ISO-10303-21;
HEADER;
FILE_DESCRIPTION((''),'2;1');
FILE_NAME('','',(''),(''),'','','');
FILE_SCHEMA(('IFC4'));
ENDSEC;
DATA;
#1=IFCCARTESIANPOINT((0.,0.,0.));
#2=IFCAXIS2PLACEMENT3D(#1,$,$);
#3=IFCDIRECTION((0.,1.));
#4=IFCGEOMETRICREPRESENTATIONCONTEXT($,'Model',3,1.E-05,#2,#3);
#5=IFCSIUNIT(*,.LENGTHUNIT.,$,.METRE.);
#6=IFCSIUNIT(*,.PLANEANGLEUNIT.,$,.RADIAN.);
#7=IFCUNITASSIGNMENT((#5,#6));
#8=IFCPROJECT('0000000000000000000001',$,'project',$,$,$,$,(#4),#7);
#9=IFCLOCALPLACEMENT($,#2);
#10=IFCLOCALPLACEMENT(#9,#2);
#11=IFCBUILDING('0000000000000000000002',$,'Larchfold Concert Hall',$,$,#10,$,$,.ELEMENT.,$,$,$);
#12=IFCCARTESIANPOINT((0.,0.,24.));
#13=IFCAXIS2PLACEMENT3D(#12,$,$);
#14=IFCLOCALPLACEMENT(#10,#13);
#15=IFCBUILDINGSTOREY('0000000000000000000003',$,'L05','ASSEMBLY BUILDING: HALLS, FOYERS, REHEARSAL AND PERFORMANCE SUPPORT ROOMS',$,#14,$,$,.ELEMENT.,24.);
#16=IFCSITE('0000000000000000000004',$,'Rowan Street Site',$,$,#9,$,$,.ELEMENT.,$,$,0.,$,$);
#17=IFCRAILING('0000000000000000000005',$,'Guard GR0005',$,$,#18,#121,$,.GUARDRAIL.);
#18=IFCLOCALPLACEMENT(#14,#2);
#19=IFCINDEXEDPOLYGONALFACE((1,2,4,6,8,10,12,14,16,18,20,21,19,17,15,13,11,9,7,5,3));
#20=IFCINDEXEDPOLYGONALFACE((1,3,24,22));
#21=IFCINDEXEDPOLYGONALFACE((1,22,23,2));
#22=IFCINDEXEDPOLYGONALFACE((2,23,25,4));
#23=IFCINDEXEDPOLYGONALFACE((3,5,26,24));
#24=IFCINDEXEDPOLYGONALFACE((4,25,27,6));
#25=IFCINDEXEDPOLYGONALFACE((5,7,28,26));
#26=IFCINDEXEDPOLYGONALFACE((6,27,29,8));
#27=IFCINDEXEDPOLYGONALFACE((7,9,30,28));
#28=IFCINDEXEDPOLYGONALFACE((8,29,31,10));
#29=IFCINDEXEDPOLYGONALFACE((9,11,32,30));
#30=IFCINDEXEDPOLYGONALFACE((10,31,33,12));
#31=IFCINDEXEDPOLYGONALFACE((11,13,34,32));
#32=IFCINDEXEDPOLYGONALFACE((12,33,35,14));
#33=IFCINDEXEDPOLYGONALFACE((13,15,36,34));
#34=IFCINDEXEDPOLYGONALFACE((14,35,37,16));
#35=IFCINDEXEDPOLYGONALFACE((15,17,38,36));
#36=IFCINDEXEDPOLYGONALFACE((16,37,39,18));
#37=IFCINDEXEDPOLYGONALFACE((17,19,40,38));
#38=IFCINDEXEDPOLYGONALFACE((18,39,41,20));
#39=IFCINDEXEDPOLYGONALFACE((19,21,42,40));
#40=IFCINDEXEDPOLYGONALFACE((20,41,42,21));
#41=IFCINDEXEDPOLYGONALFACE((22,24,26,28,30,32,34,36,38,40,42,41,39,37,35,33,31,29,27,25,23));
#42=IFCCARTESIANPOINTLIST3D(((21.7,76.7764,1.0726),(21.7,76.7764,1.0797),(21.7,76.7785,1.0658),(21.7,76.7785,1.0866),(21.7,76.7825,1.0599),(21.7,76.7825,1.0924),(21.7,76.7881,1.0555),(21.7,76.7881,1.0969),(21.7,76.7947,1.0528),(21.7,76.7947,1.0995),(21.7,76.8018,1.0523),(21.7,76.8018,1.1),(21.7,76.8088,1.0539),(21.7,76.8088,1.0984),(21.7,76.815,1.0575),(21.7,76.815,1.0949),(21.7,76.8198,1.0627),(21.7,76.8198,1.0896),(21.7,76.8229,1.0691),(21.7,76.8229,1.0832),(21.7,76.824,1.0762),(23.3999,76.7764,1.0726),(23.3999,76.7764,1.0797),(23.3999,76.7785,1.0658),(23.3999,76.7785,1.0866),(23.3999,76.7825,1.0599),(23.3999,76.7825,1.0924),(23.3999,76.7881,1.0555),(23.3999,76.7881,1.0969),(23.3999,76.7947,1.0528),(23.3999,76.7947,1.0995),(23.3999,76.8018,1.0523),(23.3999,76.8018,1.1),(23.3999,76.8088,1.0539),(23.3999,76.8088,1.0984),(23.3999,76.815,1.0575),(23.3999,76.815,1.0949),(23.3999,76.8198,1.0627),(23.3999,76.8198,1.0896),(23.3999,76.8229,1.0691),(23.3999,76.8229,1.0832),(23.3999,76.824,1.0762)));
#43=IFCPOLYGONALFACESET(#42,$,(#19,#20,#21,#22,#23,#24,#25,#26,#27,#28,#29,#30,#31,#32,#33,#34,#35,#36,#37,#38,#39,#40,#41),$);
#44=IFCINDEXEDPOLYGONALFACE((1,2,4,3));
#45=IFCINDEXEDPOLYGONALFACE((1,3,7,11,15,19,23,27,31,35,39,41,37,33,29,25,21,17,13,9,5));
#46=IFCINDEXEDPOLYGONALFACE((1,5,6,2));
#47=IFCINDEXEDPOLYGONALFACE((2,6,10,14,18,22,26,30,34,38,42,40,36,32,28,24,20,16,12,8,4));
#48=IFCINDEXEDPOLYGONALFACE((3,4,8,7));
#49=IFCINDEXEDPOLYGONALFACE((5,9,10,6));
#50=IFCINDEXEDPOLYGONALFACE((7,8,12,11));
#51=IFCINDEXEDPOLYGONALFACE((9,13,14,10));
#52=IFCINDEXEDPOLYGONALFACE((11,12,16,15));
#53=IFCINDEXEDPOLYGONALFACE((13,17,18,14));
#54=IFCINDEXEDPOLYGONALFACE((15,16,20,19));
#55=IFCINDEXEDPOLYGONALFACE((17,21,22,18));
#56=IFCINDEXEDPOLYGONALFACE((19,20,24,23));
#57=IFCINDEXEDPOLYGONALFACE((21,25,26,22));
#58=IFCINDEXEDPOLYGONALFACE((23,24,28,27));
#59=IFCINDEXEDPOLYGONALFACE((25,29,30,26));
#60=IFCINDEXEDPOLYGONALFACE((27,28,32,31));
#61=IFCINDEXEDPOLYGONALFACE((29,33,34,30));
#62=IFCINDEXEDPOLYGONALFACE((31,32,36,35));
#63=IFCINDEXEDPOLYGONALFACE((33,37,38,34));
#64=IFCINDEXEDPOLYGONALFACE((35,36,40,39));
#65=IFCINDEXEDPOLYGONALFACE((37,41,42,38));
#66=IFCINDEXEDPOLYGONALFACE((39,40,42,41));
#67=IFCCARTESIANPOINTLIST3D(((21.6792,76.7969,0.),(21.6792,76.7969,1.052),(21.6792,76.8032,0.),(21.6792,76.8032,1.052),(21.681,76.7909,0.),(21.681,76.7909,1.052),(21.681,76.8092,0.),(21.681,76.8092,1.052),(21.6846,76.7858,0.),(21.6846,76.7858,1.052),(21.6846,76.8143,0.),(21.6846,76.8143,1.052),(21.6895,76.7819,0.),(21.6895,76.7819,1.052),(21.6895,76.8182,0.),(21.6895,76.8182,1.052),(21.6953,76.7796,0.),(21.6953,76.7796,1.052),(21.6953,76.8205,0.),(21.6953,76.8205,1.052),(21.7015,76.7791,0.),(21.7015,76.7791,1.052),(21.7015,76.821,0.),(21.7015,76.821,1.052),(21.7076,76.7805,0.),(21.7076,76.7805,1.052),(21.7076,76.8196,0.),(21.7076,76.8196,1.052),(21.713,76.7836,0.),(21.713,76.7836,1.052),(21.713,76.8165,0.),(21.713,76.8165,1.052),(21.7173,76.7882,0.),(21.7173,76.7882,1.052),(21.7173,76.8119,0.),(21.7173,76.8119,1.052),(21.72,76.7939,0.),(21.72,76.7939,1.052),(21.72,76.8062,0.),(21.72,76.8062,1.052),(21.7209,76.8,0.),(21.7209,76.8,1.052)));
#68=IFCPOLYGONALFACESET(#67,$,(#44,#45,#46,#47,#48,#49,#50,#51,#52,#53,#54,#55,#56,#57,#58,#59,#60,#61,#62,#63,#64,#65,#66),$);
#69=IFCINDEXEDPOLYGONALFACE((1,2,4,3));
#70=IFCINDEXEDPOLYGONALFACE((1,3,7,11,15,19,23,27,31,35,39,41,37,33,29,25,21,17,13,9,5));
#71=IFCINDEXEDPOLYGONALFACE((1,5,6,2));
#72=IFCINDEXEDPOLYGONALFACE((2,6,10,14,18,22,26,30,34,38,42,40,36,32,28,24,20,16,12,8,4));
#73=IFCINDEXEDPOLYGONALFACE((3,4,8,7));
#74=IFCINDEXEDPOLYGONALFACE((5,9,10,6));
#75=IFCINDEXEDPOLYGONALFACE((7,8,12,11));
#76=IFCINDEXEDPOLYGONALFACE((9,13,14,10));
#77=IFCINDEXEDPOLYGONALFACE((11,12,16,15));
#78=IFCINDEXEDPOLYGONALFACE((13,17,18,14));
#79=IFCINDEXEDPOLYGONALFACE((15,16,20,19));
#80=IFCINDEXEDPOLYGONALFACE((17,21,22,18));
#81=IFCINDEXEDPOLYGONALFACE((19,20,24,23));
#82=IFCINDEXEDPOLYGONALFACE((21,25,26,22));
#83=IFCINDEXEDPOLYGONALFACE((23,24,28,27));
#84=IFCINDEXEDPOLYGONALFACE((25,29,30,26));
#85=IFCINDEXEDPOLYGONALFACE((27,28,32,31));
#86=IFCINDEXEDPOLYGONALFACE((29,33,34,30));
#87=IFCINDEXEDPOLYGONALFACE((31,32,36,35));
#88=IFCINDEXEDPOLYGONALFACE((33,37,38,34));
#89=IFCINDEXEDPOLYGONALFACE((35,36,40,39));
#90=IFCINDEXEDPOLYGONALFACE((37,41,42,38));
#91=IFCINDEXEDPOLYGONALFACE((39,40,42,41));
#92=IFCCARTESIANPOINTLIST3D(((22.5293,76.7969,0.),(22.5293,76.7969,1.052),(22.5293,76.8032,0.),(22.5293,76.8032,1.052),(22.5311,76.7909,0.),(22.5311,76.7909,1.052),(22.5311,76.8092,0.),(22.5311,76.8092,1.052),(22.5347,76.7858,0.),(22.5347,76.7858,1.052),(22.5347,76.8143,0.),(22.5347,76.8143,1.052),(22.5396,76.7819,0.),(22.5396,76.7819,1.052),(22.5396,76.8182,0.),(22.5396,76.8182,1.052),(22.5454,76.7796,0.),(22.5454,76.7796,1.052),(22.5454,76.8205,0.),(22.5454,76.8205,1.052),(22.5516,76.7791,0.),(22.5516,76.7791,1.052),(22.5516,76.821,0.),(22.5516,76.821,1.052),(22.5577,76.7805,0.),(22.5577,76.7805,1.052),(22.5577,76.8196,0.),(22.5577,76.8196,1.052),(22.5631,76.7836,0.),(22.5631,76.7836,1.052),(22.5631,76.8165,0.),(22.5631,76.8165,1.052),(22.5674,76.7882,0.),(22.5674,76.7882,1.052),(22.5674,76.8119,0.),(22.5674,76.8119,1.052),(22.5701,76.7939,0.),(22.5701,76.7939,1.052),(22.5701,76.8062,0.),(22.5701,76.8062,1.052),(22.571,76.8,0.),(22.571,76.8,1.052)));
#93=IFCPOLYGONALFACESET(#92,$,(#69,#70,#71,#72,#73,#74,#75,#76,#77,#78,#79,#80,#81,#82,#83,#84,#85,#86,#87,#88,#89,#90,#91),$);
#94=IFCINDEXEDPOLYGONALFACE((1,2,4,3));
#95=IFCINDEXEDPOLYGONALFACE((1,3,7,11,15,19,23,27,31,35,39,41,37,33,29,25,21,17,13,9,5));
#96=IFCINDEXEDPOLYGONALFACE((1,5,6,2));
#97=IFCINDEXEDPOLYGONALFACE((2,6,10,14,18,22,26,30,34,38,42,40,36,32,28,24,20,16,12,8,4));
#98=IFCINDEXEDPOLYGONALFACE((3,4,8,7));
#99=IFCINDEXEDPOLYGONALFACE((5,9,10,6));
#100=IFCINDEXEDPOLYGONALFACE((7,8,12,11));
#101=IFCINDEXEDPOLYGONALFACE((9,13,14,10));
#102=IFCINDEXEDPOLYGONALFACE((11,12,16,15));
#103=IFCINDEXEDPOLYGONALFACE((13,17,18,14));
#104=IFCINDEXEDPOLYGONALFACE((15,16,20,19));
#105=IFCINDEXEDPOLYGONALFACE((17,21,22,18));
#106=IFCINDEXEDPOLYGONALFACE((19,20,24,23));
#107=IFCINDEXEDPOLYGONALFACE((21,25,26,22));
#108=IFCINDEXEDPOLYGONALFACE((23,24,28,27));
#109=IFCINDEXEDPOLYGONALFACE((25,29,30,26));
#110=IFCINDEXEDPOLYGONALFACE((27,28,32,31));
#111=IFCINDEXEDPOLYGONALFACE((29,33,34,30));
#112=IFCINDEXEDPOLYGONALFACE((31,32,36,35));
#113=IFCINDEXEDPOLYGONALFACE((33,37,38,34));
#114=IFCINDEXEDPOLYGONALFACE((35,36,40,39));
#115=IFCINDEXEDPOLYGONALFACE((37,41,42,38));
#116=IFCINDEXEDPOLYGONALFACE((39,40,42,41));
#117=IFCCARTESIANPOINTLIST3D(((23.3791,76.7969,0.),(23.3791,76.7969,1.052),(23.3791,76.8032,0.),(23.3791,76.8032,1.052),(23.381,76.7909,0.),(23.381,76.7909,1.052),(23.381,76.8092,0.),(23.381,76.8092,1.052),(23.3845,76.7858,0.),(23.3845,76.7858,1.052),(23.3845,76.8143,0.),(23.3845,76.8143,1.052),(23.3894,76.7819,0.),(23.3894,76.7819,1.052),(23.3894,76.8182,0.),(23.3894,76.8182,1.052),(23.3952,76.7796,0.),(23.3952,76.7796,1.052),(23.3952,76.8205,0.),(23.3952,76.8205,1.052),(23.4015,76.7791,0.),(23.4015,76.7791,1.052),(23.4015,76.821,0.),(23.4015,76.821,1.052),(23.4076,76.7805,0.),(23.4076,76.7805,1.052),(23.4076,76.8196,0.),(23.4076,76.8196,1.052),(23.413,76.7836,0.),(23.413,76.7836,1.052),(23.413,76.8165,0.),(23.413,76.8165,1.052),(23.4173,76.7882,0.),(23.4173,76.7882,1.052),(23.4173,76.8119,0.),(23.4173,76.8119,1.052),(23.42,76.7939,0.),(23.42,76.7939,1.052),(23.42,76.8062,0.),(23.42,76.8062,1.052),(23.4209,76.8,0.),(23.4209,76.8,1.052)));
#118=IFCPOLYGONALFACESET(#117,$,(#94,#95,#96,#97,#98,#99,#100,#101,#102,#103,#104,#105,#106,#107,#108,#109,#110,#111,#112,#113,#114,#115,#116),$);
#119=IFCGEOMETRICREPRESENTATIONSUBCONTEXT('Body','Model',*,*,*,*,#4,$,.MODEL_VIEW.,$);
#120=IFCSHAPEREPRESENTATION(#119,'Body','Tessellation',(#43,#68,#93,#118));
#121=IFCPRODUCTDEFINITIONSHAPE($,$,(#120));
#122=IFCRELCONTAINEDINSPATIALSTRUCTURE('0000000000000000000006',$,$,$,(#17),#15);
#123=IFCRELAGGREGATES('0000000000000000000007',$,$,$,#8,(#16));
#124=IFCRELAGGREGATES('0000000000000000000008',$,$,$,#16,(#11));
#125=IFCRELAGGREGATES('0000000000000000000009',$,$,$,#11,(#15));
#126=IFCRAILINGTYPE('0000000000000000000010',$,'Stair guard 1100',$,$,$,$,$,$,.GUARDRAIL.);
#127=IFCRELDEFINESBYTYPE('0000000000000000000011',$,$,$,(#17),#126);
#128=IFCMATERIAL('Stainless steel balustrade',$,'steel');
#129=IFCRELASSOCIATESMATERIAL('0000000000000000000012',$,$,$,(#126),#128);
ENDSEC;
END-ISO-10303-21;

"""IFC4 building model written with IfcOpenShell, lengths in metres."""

from ifc_helpers import new_model, si_unit, direction, frame, origin, origin_2d, place, context, subcontext, project, spatial, circle, extrude, material, type_object, element, save


model = new_model("IFC4")

# Units and contexts
model_context = context("Model", 3, precision=1e-05, world=origin(), true_north=direction((0.0, 1.0)))
body_context = subcontext(model_context, "Body", "Model", "MODEL_VIEW")
ifc_project = project(units=[si_unit("LENGTHUNIT", "METRE"), si_unit("PLANEANGLEUNIT", "RADIAN")], contexts=[model_context])

# Site, building, storey
site_placement = place(None, origin())
site = spatial("IfcSite", under=ifc_project, at=site_placement, Name="Rowan Street Site", CompositionType="ELEMENT", RefElevation=0.0)
building_placement = place(site_placement, origin())
building = spatial("IfcBuilding", under=site, at=building_placement, Name="Larchfold Concert Hall", CompositionType="ELEMENT")
storey_placement = place(building_placement, frame((0.0, 0.0, 24.0)))
storey = spatial("IfcBuildingStorey", under=building, at=storey_placement, Name="L05", Description="ASSEMBLY BUILDING: HALLS, FOYERS, REHEARSAL AND PERFORMANCE SUPPORT ROOMS", CompositionType="ELEMENT", Elevation=24.0)

# Railing
ifc_material_1 = material(Name="Stainless steel balustrade", Category="steel")
railing_type = type_object("IfcRailingType", Name="Stair guard 1100", PredefinedType="GUARDRAIL", material=ifc_material_1)
railing_placement = place(storey_placement, frame((21.7, 76.8, 0.0)))
element("IfcRailing", 1, at=railing_placement, inside=storey, type_object=railing_type, Name="Guard GR0005", PredefinedType="GUARDRAIL", context=body_context, shape_type="SweptSolid", body=[
    extrude(circle(Radius=0.0239, at=origin_2d()), frame((0.0, 0.0, 1.0762), z_axis=(1.0, 0.0, 0.0), x_axis=(0.0, 1.0, 0.0)), (0.0, 0.0, 1.0), 1.7),
    extrude(circle(Radius=0.021, at=origin_2d()), origin(), (0.0, 0.0, 1.0), 1.052),
    extrude(circle(Radius=0.021, at=origin_2d()), frame((0.8501, 0.0, 0.0)), (0.0, 0.0, 1.0), 1.052),
    extrude(circle(Radius=0.021, at=origin_2d()), frame((1.7, 0.0, 0.0)), (0.0, 0.0, 1.0), 1.052),
])

save(model, "model.ifc")
